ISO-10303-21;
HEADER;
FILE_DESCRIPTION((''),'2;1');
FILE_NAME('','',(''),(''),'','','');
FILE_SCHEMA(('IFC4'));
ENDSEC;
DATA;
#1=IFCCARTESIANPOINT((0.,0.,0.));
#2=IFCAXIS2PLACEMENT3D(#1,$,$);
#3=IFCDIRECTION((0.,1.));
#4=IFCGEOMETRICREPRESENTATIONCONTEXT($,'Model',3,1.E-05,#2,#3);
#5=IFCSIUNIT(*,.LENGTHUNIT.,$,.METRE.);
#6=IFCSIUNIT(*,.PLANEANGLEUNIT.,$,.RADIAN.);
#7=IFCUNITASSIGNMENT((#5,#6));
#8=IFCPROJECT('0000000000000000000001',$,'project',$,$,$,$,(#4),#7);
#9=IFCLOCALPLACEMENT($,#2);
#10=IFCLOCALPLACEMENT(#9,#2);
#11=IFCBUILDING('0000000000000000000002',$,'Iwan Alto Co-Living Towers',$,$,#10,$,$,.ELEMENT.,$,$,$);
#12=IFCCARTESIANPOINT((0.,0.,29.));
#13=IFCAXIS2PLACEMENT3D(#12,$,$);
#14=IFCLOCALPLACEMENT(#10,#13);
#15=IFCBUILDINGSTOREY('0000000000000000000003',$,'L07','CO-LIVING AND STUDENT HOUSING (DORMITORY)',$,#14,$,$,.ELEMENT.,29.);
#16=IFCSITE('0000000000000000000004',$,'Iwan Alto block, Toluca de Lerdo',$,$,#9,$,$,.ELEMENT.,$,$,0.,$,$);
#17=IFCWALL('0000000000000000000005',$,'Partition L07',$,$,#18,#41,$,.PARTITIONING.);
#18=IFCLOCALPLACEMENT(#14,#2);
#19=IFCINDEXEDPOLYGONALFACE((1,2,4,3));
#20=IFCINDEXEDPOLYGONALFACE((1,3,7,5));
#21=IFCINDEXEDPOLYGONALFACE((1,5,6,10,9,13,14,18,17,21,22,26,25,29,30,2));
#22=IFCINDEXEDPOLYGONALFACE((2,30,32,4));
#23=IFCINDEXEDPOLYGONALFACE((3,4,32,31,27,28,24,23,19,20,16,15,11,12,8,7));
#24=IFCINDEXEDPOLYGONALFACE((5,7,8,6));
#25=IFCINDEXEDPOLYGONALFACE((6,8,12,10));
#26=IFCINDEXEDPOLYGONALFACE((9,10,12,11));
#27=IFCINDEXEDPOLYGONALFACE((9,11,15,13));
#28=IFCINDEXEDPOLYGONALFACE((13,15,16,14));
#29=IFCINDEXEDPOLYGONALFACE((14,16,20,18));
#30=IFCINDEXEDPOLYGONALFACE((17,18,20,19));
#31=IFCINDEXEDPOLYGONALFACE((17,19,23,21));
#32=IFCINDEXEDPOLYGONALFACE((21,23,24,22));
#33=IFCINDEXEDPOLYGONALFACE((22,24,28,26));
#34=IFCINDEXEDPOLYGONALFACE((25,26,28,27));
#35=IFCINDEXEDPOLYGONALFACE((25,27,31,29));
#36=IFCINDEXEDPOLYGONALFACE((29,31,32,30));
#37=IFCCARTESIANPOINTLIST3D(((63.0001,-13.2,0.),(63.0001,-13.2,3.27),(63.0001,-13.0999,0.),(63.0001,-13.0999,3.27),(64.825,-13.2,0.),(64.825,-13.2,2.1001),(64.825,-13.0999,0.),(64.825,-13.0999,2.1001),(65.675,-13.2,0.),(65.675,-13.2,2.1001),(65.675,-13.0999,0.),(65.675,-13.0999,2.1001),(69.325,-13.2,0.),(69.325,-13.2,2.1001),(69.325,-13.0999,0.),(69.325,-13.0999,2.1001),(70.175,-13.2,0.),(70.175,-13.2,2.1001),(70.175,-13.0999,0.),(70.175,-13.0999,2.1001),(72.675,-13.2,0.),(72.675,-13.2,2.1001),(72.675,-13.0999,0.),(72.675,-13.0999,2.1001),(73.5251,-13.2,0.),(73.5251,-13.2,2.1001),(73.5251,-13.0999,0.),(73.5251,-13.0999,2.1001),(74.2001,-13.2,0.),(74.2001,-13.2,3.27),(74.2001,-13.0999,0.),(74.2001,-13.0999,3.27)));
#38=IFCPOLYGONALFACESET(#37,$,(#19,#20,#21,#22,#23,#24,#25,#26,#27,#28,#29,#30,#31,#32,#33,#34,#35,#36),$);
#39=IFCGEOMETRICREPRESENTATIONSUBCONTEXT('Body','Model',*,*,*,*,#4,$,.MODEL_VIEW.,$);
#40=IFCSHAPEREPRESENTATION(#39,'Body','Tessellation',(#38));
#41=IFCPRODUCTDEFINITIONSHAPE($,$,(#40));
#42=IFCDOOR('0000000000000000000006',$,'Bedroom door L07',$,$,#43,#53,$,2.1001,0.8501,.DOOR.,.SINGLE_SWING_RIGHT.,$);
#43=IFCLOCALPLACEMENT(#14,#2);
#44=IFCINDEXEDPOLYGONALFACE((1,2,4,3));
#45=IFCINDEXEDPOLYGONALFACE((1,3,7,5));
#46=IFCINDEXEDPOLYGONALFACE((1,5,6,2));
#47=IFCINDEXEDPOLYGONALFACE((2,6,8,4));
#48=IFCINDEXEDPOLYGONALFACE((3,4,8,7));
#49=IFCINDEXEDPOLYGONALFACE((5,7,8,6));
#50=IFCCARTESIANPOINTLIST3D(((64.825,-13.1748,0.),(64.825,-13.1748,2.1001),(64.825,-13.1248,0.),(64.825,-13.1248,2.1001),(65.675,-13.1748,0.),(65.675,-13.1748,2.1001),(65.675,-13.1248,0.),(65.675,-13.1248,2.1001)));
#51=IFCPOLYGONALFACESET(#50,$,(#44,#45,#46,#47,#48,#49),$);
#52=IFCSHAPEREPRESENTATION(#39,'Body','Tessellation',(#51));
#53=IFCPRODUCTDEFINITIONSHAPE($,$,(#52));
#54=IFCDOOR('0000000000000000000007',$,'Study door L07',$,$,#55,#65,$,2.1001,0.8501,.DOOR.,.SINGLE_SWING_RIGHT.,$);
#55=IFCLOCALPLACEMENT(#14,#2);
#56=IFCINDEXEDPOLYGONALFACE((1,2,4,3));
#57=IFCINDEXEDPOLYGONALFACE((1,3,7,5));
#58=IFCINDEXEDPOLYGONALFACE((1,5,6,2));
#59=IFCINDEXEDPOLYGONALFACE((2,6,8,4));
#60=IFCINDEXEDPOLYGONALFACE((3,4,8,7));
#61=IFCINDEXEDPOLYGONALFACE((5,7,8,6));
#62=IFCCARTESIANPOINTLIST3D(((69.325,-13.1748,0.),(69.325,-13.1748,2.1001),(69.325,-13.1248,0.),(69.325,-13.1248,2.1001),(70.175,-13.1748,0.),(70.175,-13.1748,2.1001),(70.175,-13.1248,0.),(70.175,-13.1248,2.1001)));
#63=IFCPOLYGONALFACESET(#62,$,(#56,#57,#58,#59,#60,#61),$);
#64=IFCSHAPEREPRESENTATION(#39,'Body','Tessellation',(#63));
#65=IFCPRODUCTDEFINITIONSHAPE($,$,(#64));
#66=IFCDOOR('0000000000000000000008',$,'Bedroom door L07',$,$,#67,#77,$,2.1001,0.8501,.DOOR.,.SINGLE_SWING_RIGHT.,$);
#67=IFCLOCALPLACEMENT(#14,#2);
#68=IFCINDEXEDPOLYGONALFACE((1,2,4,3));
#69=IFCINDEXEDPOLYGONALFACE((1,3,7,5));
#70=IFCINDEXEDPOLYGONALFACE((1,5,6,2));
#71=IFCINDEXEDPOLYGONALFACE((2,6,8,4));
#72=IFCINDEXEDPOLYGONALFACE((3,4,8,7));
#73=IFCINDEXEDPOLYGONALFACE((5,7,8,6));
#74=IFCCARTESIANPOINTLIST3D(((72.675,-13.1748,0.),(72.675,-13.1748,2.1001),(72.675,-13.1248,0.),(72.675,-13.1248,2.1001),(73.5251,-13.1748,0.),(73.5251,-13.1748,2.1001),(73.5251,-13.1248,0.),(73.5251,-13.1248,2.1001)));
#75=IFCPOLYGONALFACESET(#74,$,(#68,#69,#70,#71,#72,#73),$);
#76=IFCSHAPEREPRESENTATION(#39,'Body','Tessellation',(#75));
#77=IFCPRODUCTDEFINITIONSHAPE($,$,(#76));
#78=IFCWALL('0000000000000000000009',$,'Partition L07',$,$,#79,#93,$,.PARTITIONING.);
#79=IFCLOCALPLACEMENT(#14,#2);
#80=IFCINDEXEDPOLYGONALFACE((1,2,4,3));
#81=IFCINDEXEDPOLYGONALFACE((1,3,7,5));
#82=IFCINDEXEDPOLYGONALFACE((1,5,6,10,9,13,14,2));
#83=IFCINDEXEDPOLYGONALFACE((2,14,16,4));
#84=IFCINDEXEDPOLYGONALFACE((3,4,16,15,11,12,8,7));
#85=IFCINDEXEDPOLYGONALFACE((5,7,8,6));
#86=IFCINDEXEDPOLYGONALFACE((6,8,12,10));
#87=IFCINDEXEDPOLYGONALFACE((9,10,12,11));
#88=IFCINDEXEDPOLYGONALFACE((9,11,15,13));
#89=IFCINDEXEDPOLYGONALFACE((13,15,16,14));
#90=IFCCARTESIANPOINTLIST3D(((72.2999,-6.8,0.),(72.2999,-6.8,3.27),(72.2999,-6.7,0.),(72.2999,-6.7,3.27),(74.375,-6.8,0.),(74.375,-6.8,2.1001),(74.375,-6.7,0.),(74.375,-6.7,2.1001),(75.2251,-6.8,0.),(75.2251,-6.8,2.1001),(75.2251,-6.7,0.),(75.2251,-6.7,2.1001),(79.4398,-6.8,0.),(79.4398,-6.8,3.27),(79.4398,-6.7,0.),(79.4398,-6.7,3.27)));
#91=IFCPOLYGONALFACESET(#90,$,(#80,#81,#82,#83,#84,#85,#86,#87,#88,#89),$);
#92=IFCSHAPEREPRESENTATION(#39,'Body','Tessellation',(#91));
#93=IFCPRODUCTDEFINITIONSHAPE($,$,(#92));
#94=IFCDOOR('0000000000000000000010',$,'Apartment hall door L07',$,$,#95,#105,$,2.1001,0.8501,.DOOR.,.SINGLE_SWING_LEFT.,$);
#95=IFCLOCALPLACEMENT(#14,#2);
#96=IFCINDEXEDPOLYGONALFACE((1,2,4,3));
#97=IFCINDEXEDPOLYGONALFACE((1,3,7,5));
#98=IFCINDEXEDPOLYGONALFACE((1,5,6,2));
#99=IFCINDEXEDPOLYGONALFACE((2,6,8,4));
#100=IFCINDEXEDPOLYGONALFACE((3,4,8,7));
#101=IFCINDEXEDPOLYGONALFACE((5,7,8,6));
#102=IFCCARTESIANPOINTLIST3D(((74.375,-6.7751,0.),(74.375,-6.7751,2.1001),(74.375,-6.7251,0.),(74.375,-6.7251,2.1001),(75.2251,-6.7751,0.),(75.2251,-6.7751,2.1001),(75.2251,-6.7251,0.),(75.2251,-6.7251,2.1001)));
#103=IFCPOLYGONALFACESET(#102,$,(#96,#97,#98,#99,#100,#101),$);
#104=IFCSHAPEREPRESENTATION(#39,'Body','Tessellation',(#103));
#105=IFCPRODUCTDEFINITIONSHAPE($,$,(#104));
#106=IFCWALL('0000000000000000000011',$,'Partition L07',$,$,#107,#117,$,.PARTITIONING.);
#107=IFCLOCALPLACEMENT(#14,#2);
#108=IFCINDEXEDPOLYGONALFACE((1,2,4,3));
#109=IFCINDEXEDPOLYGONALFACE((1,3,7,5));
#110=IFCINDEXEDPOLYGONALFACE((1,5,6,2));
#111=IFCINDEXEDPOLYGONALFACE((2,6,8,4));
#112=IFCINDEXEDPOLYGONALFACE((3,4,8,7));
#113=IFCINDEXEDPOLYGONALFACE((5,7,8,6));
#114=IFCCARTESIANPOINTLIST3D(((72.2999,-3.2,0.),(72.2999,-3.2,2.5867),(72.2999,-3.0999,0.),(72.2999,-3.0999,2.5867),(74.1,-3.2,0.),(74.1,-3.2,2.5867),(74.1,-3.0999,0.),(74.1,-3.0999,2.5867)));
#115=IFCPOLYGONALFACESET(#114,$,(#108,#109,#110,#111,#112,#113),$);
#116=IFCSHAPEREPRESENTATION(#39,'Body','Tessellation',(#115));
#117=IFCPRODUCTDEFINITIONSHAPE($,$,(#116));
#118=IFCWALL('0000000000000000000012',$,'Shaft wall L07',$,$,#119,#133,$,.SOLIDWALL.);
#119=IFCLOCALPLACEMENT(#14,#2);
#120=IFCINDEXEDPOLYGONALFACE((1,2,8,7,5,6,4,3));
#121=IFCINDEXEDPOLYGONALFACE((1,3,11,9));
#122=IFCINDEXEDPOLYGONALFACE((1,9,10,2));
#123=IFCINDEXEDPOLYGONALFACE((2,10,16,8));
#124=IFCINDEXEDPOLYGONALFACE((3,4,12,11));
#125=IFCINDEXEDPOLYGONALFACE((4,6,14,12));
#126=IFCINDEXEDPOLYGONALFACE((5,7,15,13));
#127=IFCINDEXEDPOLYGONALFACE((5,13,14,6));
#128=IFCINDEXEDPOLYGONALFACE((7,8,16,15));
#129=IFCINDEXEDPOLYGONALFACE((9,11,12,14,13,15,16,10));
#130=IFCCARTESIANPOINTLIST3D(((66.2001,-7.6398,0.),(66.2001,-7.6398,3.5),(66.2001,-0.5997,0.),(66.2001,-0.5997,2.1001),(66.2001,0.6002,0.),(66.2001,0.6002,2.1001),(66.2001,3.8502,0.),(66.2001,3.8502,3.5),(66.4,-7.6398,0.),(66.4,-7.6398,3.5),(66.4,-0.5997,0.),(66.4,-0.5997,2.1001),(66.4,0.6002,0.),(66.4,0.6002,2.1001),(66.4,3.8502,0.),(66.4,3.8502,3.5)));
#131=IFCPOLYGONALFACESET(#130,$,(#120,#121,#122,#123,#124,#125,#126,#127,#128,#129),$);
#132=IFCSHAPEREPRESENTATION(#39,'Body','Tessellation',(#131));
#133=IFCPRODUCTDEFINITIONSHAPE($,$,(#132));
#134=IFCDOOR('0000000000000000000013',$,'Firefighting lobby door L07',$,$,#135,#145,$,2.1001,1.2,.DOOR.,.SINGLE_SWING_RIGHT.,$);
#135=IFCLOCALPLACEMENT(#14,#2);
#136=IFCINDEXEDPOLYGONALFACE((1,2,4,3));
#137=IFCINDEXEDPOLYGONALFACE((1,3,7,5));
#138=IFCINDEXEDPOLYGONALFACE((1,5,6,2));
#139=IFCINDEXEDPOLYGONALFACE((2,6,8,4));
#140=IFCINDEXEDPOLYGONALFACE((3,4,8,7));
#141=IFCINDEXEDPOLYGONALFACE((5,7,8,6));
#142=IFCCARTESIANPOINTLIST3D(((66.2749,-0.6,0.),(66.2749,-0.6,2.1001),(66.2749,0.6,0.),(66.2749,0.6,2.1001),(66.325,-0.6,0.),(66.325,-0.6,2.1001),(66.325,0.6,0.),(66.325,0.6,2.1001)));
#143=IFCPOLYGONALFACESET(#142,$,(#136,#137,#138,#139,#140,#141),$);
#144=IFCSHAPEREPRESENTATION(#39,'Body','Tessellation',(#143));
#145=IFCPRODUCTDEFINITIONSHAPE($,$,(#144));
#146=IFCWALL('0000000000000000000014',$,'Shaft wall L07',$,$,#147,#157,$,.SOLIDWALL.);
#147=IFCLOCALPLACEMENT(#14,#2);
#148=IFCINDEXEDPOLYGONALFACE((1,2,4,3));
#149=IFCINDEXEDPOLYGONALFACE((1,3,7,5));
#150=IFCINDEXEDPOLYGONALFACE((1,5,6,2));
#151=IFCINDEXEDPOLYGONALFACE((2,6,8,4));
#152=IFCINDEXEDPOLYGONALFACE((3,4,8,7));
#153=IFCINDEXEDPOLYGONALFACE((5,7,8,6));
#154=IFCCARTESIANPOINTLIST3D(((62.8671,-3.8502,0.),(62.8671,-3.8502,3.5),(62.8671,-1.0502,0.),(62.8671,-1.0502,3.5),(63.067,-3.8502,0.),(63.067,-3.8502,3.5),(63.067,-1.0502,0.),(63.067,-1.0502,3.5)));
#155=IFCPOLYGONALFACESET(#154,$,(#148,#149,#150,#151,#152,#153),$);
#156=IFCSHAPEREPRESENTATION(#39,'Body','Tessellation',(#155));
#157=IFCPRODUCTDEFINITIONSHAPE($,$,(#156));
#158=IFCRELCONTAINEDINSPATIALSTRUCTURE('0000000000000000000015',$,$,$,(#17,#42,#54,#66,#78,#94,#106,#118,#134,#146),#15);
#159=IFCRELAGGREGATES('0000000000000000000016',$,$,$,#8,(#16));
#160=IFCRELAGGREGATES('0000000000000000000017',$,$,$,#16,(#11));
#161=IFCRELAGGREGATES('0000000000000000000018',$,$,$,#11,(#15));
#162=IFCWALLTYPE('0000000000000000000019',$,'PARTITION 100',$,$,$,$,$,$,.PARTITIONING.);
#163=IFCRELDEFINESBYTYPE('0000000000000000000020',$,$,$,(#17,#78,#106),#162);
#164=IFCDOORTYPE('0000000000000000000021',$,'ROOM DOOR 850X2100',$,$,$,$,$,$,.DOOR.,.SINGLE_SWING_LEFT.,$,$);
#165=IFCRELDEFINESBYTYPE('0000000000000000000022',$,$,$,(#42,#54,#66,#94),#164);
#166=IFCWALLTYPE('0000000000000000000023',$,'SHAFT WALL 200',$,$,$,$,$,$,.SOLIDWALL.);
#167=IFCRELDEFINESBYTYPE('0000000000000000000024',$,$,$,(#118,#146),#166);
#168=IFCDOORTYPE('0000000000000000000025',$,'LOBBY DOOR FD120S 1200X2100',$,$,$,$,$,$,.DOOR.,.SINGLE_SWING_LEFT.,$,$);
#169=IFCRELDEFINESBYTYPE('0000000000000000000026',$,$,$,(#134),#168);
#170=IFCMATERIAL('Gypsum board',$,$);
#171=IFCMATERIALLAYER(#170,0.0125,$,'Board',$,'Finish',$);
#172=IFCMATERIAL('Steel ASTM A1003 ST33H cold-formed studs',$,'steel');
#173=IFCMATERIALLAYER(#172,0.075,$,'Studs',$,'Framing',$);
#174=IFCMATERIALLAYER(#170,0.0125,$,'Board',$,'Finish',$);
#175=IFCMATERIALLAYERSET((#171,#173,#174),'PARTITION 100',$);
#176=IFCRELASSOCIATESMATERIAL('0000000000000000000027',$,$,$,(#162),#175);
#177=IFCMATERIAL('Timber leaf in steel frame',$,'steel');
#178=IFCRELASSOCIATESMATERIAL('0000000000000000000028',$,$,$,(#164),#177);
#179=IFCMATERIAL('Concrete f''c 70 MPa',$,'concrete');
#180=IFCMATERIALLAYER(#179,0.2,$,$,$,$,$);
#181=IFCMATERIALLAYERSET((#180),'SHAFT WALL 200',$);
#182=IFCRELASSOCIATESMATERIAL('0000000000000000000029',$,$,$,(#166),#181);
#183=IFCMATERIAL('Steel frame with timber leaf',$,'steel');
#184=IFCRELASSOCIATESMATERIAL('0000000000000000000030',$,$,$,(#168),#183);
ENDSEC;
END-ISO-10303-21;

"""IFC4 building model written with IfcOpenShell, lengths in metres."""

from ifc_helpers import new_model, si_unit, direction, frame, frame_2d, origin, place, context, subcontext, project, spatial, rectangle, extrude, material, layer, layer_set, type_object, element, fill, save


model = new_model("IFC4")

# Units and contexts
model_context = context("Model", 3, precision=1e-05, world=origin(), true_north=direction((0.0, 1.0)))
body_context = subcontext(model_context, "Body", "Model", "MODEL_VIEW")
ifc_project = project(units=[si_unit("LENGTHUNIT", "METRE"), si_unit("PLANEANGLEUNIT", "RADIAN")], contexts=[model_context])

# Site, building, storey
site_placement = place(None, origin())
site = spatial("IfcSite", under=ifc_project, at=site_placement, Name="Iwan Alto block, Toluca de Lerdo", CompositionType="ELEMENT", RefElevation=0.0)
building_placement = place(site_placement, origin())
building = spatial("IfcBuilding", under=site, at=building_placement, Name="Iwan Alto Co-Living Towers", CompositionType="ELEMENT")
storey_placement = place(building_placement, frame((0.0, 0.0, 29.0)))
storey = spatial("IfcBuildingStorey", under=building, at=storey_placement, Name="L07", Description="CO-LIVING AND STUDENT HOUSING (DORMITORY)", CompositionType="ELEMENT", Elevation=29.0)

# Shared definitions
ifc_material_1 = material(Name="Gypsum board")
ifc_material_2 = material(Name="Steel ASTM A1003 ST33H cold-formed studs", Category="steel")

# Wall, openings, doors
ifc_layer_1 = layer(ifc_material_1, 0.0125, Name="Board", Category="Finish")
ifc_layer_2 = layer(ifc_material_2, 0.075, Name="Studs", Category="Framing")
ifc_layer_3 = layer(ifc_material_1, 0.0125, Name="Board", Category="Finish")
ifc_layer_set_1 = layer_set([ifc_layer_1, ifc_layer_2, ifc_layer_3], Name="PARTITION 100")
wall_type_1 = type_object("IfcWallType", Name="PARTITION 100", PredefinedType="PARTITIONING", material=ifc_layer_set_1)
wall_1_placement = place(storey_placement, frame((63.0, -13.1499, 0.0), z_axis=(0.0, 0.0, 1.0), x_axis=(1.0, 0.0, 0.0)))
wall_1 = element("IfcWall", 1, at=wall_1_placement, inside=storey, type_object=wall_type_1, Name="Partition L07", PredefinedType="PARTITIONING", context=body_context, shape_type="SweptSolid", body=[
    extrude(rectangle(XDim=11.2, YDim=0.1001, at=frame_2d((5.6001, 0.0))), origin(), (0.0, 0.0, 1.0), 3.27),
])
opening_1_placement = place(wall_1_placement, frame((1.825, 0.0, 0.0)))
opening_1 = element("IfcOpeningElement", 2, at=opening_1_placement, cuts=wall_1, PredefinedType="OPENING", context=body_context, shape_type="SweptSolid", body=[
    extrude(rectangle(XDim=0.8501, YDim=2.1001, at=frame_2d((0.425, 1.05))), frame((0.0, 0.0601, 0.0), z_axis=(0.0, -1.0, 0.0), x_axis=(1.0, 0.0, 0.0)), (0.0, 0.0, 1.0), 0.1201),
])
opening_2_placement = place(wall_1_placement, frame((6.325, 0.0, 0.0)))
opening_2 = element("IfcOpeningElement", 3, at=opening_2_placement, cuts=wall_1, PredefinedType="OPENING", context=body_context, shape_type="SweptSolid", body=[
    extrude(rectangle(XDim=0.8501, YDim=2.1001, at=frame_2d((0.425, 1.05))), frame((0.0, 0.0601, 0.0), z_axis=(0.0, -1.0, 0.0), x_axis=(1.0, 0.0, 0.0)), (0.0, 0.0, 1.0), 0.1201),
])
opening_3_placement = place(wall_1_placement, frame((9.675, 0.0, 0.0)))
opening_3 = element("IfcOpeningElement", 4, at=opening_3_placement, cuts=wall_1, PredefinedType="OPENING", context=body_context, shape_type="SweptSolid", body=[
    extrude(rectangle(XDim=0.8501, YDim=2.1001, at=frame_2d((0.425, 1.05))), frame((0.0, 0.0601, 0.0), z_axis=(0.0, -1.0, 0.0), x_axis=(1.0, 0.0, 0.0)), (0.0, 0.0, 1.0), 0.1201),
])
ifc_material_3 = material(Name="Timber leaf in steel frame", Category="steel")
door_type_1 = type_object("IfcDoorType", Name="ROOM DOOR 850X2100", OperationType="SINGLE_SWING_LEFT", PredefinedType="DOOR", material=ifc_material_3)
door_1_placement = place(opening_1_placement, frame((0.8501, 0.0, 0.0), z_axis=(0.0, 0.0, 1.0), x_axis=(-1.0, 0.0, 0.0)))
door_1 = element("IfcDoor", 5, at=door_1_placement, inside=storey, type_object=door_type_1, Name="Bedroom door L07", OperationType="SINGLE_SWING_RIGHT", OverallHeight=2.1001, OverallWidth=0.8501, PredefinedType="DOOR", context=body_context, shape_type="SweptSolid", body=[
    extrude(rectangle(XDim=0.8501, YDim=2.1001, at=frame_2d((0.425, 1.05))), frame((0.0, 0.0249, 0.0), z_axis=(0.0, -1.0, 0.0), x_axis=(1.0, 0.0, 0.0)), (0.0, 0.0, 1.0), 0.05),
])
fill(opening_1, door_1)
door_2_placement = place(opening_2_placement, frame((0.8501, 0.0, 0.0), z_axis=(0.0, 0.0, 1.0), x_axis=(-1.0, 0.0, 0.0)))
door_2 = element("IfcDoor", 6, at=door_2_placement, inside=storey, type_object=door_type_1, Name="Study door L07", OperationType="SINGLE_SWING_RIGHT", OverallHeight=2.1001, OverallWidth=0.8501, PredefinedType="DOOR", context=body_context, shape_type="SweptSolid", body=[
    extrude(rectangle(XDim=0.8501, YDim=2.1001, at=frame_2d((0.425, 1.05))), frame((0.0, 0.0249, 0.0), z_axis=(0.0, -1.0, 0.0), x_axis=(1.0, 0.0, 0.0)), (0.0, 0.0, 1.0), 0.05),
])
fill(opening_2, door_2)
door_3_placement = place(opening_3_placement, frame((0.8501, 0.0, 0.0), z_axis=(0.0, 0.0, 1.0), x_axis=(-1.0, 0.0, 0.0)))
door_3 = element("IfcDoor", 7, at=door_3_placement, inside=storey, type_object=door_type_1, Name="Bedroom door L07", OperationType="SINGLE_SWING_RIGHT", OverallHeight=2.1001, OverallWidth=0.8501, PredefinedType="DOOR", context=body_context, shape_type="SweptSolid", body=[
    extrude(rectangle(XDim=0.8501, YDim=2.1001, at=frame_2d((0.425, 1.05))), frame((0.0, 0.0249, 0.0), z_axis=(0.0, -1.0, 0.0), x_axis=(1.0, 0.0, 0.0)), (0.0, 0.0, 1.0), 0.05),
])
fill(opening_3, door_3)

# Wall, opening, door
wall_2_placement = place(storey_placement, frame((72.3, -6.75, 0.0), z_axis=(0.0, 0.0, 1.0), x_axis=(1.0, 0.0, 0.0)))
wall_2 = element("IfcWall", 8, at=wall_2_placement, inside=storey, type_object=wall_type_1, Name="Partition L07", PredefinedType="PARTITIONING", context=body_context, shape_type="SweptSolid", body=[
    extrude(rectangle(XDim=7.1399, YDim=0.1001, at=frame_2d((3.5698, 0.0))), origin(), (0.0, 0.0, 1.0), 3.27),
])
opening_4_placement = place(wall_2_placement, frame((2.075, 0.0, 0.0)))
opening_4 = element("IfcOpeningElement", 9, at=opening_4_placement, cuts=wall_2, PredefinedType="OPENING", context=body_context, shape_type="SweptSolid", body=[
    extrude(rectangle(XDim=0.8501, YDim=2.1001, at=frame_2d((0.425, 1.05))), frame((0.0, 0.0601, 0.0), z_axis=(0.0, -1.0, 0.0), x_axis=(1.0, 0.0, 0.0)), (0.0, 0.0, 1.0), 0.1201),
])
door_4_placement = place(opening_4_placement, origin())
door_4 = element("IfcDoor", 10, at=door_4_placement, inside=storey, type_object=door_type_1, Name="Apartment hall door L07", OperationType="SINGLE_SWING_LEFT", OverallHeight=2.1001, OverallWidth=0.8501, PredefinedType="DOOR", context=body_context, shape_type="SweptSolid", body=[
    extrude(rectangle(XDim=0.8501, YDim=2.1001, at=frame_2d((0.425, 1.05))), frame((0.0, 0.0249, 0.0), z_axis=(0.0, -1.0, 0.0), x_axis=(1.0, 0.0, 0.0)), (0.0, 0.0, 1.0), 0.05),
])
fill(opening_4, door_4)

# Wall
wall_3_placement = place(storey_placement, frame((72.3, -3.1499, 0.0), z_axis=(0.0, 0.0, 1.0), x_axis=(1.0, 0.0, 0.0)))
element("IfcWall", 11, at=wall_3_placement, inside=storey, type_object=wall_type_1, Name="Partition L07", PredefinedType="PARTITIONING", context=body_context, shape_type="SweptSolid", body=[
    extrude(rectangle(XDim=1.8, YDim=0.1001, at=frame_2d((0.8999, 0.0))), origin(), (0.0, 0.0, 1.0), 2.5867),
])

# Wall, opening, door
ifc_material_4 = material(Name="Concrete f'c 70 MPa", Category="concrete")
ifc_layer_4 = layer(ifc_material_4, 0.2)
ifc_layer_set_2 = layer_set([ifc_layer_4], Name="SHAFT WALL 200")
wall_type_2 = type_object("IfcWallType", Name="SHAFT WALL 200", PredefinedType="SOLIDWALL", material=ifc_layer_set_2)
wall_4_placement = place(storey_placement, frame((66.3, -7.6399, 0.0), z_axis=(0.0, 0.0, 1.0), x_axis=(0.0, 1.0, 0.0)))
wall_4 = element("IfcWall", 12, at=wall_4_placement, inside=storey, type_object=wall_type_2, Name="Shaft wall L07", PredefinedType="SOLIDWALL", context=body_context, shape_type="SweptSolid", body=[
    extrude(rectangle(XDim=11.49, YDim=0.2, at=frame_2d((5.7451, 0.0))), origin(), (0.0, 0.0, 1.0), 3.5),
])
opening_5_placement = place(wall_4_placement, frame((7.04, 0.0, 0.0)))
opening_5 = element("IfcOpeningElement", 13, at=opening_5_placement, cuts=wall_4, PredefinedType="OPENING", context=body_context, shape_type="SweptSolid", body=[
    extrude(rectangle(XDim=1.2, YDim=2.1001, at=frame_2d((0.6001, 1.05))), frame((0.0, 0.1099, 0.0), z_axis=(0.0, -1.0, 0.0), x_axis=(1.0, 0.0, 0.0)), (0.0, 0.0, 1.0), 0.22),
])
ifc_material_5 = material(Name="Steel frame with timber leaf", Category="steel")
door_type_2 = type_object("IfcDoorType", Name="LOBBY DOOR FD120S 1200X2100", OperationType="SINGLE_SWING_LEFT", PredefinedType="DOOR", material=ifc_material_5)
door_5_placement = place(opening_5_placement, frame((1.2, 0.0, 0.0), z_axis=(0.0, 0.0, 1.0), x_axis=(-1.0, 0.0, 0.0)))
door_5 = element("IfcDoor", 14, at=door_5_placement, inside=storey, type_object=door_type_2, Name="Firefighting lobby door L07", OperationType="SINGLE_SWING_RIGHT", OverallHeight=2.1001, OverallWidth=1.2, PredefinedType="DOOR", context=body_context, shape_type="SweptSolid", body=[
    extrude(rectangle(XDim=1.2, YDim=2.1001, at=frame_2d((0.6001, 1.05))), frame((0.0, 0.0249, 0.0), z_axis=(0.0, -1.0, 0.0), x_axis=(1.0, 0.0, 0.0)), (0.0, 0.0, 1.0), 0.05),
])
fill(opening_5, door_5)

# Wall
wall_5_placement = place(storey_placement, frame((62.967, -3.8501, 0.0), z_axis=(0.0, 0.0, 1.0), x_axis=(0.0, 1.0, 0.0)))
element("IfcWall", 15, at=wall_5_placement, inside=storey, type_object=wall_type_2, Name="Shaft wall L07", PredefinedType="SOLIDWALL", context=body_context, shape_type="SweptSolid", body=[
    extrude(rectangle(XDim=2.8, YDim=0.2, at=frame_2d((1.3999, 0.0))), origin(), (0.0, 0.0, 1.0), 3.5),
])

save(model, "model.ifc")
